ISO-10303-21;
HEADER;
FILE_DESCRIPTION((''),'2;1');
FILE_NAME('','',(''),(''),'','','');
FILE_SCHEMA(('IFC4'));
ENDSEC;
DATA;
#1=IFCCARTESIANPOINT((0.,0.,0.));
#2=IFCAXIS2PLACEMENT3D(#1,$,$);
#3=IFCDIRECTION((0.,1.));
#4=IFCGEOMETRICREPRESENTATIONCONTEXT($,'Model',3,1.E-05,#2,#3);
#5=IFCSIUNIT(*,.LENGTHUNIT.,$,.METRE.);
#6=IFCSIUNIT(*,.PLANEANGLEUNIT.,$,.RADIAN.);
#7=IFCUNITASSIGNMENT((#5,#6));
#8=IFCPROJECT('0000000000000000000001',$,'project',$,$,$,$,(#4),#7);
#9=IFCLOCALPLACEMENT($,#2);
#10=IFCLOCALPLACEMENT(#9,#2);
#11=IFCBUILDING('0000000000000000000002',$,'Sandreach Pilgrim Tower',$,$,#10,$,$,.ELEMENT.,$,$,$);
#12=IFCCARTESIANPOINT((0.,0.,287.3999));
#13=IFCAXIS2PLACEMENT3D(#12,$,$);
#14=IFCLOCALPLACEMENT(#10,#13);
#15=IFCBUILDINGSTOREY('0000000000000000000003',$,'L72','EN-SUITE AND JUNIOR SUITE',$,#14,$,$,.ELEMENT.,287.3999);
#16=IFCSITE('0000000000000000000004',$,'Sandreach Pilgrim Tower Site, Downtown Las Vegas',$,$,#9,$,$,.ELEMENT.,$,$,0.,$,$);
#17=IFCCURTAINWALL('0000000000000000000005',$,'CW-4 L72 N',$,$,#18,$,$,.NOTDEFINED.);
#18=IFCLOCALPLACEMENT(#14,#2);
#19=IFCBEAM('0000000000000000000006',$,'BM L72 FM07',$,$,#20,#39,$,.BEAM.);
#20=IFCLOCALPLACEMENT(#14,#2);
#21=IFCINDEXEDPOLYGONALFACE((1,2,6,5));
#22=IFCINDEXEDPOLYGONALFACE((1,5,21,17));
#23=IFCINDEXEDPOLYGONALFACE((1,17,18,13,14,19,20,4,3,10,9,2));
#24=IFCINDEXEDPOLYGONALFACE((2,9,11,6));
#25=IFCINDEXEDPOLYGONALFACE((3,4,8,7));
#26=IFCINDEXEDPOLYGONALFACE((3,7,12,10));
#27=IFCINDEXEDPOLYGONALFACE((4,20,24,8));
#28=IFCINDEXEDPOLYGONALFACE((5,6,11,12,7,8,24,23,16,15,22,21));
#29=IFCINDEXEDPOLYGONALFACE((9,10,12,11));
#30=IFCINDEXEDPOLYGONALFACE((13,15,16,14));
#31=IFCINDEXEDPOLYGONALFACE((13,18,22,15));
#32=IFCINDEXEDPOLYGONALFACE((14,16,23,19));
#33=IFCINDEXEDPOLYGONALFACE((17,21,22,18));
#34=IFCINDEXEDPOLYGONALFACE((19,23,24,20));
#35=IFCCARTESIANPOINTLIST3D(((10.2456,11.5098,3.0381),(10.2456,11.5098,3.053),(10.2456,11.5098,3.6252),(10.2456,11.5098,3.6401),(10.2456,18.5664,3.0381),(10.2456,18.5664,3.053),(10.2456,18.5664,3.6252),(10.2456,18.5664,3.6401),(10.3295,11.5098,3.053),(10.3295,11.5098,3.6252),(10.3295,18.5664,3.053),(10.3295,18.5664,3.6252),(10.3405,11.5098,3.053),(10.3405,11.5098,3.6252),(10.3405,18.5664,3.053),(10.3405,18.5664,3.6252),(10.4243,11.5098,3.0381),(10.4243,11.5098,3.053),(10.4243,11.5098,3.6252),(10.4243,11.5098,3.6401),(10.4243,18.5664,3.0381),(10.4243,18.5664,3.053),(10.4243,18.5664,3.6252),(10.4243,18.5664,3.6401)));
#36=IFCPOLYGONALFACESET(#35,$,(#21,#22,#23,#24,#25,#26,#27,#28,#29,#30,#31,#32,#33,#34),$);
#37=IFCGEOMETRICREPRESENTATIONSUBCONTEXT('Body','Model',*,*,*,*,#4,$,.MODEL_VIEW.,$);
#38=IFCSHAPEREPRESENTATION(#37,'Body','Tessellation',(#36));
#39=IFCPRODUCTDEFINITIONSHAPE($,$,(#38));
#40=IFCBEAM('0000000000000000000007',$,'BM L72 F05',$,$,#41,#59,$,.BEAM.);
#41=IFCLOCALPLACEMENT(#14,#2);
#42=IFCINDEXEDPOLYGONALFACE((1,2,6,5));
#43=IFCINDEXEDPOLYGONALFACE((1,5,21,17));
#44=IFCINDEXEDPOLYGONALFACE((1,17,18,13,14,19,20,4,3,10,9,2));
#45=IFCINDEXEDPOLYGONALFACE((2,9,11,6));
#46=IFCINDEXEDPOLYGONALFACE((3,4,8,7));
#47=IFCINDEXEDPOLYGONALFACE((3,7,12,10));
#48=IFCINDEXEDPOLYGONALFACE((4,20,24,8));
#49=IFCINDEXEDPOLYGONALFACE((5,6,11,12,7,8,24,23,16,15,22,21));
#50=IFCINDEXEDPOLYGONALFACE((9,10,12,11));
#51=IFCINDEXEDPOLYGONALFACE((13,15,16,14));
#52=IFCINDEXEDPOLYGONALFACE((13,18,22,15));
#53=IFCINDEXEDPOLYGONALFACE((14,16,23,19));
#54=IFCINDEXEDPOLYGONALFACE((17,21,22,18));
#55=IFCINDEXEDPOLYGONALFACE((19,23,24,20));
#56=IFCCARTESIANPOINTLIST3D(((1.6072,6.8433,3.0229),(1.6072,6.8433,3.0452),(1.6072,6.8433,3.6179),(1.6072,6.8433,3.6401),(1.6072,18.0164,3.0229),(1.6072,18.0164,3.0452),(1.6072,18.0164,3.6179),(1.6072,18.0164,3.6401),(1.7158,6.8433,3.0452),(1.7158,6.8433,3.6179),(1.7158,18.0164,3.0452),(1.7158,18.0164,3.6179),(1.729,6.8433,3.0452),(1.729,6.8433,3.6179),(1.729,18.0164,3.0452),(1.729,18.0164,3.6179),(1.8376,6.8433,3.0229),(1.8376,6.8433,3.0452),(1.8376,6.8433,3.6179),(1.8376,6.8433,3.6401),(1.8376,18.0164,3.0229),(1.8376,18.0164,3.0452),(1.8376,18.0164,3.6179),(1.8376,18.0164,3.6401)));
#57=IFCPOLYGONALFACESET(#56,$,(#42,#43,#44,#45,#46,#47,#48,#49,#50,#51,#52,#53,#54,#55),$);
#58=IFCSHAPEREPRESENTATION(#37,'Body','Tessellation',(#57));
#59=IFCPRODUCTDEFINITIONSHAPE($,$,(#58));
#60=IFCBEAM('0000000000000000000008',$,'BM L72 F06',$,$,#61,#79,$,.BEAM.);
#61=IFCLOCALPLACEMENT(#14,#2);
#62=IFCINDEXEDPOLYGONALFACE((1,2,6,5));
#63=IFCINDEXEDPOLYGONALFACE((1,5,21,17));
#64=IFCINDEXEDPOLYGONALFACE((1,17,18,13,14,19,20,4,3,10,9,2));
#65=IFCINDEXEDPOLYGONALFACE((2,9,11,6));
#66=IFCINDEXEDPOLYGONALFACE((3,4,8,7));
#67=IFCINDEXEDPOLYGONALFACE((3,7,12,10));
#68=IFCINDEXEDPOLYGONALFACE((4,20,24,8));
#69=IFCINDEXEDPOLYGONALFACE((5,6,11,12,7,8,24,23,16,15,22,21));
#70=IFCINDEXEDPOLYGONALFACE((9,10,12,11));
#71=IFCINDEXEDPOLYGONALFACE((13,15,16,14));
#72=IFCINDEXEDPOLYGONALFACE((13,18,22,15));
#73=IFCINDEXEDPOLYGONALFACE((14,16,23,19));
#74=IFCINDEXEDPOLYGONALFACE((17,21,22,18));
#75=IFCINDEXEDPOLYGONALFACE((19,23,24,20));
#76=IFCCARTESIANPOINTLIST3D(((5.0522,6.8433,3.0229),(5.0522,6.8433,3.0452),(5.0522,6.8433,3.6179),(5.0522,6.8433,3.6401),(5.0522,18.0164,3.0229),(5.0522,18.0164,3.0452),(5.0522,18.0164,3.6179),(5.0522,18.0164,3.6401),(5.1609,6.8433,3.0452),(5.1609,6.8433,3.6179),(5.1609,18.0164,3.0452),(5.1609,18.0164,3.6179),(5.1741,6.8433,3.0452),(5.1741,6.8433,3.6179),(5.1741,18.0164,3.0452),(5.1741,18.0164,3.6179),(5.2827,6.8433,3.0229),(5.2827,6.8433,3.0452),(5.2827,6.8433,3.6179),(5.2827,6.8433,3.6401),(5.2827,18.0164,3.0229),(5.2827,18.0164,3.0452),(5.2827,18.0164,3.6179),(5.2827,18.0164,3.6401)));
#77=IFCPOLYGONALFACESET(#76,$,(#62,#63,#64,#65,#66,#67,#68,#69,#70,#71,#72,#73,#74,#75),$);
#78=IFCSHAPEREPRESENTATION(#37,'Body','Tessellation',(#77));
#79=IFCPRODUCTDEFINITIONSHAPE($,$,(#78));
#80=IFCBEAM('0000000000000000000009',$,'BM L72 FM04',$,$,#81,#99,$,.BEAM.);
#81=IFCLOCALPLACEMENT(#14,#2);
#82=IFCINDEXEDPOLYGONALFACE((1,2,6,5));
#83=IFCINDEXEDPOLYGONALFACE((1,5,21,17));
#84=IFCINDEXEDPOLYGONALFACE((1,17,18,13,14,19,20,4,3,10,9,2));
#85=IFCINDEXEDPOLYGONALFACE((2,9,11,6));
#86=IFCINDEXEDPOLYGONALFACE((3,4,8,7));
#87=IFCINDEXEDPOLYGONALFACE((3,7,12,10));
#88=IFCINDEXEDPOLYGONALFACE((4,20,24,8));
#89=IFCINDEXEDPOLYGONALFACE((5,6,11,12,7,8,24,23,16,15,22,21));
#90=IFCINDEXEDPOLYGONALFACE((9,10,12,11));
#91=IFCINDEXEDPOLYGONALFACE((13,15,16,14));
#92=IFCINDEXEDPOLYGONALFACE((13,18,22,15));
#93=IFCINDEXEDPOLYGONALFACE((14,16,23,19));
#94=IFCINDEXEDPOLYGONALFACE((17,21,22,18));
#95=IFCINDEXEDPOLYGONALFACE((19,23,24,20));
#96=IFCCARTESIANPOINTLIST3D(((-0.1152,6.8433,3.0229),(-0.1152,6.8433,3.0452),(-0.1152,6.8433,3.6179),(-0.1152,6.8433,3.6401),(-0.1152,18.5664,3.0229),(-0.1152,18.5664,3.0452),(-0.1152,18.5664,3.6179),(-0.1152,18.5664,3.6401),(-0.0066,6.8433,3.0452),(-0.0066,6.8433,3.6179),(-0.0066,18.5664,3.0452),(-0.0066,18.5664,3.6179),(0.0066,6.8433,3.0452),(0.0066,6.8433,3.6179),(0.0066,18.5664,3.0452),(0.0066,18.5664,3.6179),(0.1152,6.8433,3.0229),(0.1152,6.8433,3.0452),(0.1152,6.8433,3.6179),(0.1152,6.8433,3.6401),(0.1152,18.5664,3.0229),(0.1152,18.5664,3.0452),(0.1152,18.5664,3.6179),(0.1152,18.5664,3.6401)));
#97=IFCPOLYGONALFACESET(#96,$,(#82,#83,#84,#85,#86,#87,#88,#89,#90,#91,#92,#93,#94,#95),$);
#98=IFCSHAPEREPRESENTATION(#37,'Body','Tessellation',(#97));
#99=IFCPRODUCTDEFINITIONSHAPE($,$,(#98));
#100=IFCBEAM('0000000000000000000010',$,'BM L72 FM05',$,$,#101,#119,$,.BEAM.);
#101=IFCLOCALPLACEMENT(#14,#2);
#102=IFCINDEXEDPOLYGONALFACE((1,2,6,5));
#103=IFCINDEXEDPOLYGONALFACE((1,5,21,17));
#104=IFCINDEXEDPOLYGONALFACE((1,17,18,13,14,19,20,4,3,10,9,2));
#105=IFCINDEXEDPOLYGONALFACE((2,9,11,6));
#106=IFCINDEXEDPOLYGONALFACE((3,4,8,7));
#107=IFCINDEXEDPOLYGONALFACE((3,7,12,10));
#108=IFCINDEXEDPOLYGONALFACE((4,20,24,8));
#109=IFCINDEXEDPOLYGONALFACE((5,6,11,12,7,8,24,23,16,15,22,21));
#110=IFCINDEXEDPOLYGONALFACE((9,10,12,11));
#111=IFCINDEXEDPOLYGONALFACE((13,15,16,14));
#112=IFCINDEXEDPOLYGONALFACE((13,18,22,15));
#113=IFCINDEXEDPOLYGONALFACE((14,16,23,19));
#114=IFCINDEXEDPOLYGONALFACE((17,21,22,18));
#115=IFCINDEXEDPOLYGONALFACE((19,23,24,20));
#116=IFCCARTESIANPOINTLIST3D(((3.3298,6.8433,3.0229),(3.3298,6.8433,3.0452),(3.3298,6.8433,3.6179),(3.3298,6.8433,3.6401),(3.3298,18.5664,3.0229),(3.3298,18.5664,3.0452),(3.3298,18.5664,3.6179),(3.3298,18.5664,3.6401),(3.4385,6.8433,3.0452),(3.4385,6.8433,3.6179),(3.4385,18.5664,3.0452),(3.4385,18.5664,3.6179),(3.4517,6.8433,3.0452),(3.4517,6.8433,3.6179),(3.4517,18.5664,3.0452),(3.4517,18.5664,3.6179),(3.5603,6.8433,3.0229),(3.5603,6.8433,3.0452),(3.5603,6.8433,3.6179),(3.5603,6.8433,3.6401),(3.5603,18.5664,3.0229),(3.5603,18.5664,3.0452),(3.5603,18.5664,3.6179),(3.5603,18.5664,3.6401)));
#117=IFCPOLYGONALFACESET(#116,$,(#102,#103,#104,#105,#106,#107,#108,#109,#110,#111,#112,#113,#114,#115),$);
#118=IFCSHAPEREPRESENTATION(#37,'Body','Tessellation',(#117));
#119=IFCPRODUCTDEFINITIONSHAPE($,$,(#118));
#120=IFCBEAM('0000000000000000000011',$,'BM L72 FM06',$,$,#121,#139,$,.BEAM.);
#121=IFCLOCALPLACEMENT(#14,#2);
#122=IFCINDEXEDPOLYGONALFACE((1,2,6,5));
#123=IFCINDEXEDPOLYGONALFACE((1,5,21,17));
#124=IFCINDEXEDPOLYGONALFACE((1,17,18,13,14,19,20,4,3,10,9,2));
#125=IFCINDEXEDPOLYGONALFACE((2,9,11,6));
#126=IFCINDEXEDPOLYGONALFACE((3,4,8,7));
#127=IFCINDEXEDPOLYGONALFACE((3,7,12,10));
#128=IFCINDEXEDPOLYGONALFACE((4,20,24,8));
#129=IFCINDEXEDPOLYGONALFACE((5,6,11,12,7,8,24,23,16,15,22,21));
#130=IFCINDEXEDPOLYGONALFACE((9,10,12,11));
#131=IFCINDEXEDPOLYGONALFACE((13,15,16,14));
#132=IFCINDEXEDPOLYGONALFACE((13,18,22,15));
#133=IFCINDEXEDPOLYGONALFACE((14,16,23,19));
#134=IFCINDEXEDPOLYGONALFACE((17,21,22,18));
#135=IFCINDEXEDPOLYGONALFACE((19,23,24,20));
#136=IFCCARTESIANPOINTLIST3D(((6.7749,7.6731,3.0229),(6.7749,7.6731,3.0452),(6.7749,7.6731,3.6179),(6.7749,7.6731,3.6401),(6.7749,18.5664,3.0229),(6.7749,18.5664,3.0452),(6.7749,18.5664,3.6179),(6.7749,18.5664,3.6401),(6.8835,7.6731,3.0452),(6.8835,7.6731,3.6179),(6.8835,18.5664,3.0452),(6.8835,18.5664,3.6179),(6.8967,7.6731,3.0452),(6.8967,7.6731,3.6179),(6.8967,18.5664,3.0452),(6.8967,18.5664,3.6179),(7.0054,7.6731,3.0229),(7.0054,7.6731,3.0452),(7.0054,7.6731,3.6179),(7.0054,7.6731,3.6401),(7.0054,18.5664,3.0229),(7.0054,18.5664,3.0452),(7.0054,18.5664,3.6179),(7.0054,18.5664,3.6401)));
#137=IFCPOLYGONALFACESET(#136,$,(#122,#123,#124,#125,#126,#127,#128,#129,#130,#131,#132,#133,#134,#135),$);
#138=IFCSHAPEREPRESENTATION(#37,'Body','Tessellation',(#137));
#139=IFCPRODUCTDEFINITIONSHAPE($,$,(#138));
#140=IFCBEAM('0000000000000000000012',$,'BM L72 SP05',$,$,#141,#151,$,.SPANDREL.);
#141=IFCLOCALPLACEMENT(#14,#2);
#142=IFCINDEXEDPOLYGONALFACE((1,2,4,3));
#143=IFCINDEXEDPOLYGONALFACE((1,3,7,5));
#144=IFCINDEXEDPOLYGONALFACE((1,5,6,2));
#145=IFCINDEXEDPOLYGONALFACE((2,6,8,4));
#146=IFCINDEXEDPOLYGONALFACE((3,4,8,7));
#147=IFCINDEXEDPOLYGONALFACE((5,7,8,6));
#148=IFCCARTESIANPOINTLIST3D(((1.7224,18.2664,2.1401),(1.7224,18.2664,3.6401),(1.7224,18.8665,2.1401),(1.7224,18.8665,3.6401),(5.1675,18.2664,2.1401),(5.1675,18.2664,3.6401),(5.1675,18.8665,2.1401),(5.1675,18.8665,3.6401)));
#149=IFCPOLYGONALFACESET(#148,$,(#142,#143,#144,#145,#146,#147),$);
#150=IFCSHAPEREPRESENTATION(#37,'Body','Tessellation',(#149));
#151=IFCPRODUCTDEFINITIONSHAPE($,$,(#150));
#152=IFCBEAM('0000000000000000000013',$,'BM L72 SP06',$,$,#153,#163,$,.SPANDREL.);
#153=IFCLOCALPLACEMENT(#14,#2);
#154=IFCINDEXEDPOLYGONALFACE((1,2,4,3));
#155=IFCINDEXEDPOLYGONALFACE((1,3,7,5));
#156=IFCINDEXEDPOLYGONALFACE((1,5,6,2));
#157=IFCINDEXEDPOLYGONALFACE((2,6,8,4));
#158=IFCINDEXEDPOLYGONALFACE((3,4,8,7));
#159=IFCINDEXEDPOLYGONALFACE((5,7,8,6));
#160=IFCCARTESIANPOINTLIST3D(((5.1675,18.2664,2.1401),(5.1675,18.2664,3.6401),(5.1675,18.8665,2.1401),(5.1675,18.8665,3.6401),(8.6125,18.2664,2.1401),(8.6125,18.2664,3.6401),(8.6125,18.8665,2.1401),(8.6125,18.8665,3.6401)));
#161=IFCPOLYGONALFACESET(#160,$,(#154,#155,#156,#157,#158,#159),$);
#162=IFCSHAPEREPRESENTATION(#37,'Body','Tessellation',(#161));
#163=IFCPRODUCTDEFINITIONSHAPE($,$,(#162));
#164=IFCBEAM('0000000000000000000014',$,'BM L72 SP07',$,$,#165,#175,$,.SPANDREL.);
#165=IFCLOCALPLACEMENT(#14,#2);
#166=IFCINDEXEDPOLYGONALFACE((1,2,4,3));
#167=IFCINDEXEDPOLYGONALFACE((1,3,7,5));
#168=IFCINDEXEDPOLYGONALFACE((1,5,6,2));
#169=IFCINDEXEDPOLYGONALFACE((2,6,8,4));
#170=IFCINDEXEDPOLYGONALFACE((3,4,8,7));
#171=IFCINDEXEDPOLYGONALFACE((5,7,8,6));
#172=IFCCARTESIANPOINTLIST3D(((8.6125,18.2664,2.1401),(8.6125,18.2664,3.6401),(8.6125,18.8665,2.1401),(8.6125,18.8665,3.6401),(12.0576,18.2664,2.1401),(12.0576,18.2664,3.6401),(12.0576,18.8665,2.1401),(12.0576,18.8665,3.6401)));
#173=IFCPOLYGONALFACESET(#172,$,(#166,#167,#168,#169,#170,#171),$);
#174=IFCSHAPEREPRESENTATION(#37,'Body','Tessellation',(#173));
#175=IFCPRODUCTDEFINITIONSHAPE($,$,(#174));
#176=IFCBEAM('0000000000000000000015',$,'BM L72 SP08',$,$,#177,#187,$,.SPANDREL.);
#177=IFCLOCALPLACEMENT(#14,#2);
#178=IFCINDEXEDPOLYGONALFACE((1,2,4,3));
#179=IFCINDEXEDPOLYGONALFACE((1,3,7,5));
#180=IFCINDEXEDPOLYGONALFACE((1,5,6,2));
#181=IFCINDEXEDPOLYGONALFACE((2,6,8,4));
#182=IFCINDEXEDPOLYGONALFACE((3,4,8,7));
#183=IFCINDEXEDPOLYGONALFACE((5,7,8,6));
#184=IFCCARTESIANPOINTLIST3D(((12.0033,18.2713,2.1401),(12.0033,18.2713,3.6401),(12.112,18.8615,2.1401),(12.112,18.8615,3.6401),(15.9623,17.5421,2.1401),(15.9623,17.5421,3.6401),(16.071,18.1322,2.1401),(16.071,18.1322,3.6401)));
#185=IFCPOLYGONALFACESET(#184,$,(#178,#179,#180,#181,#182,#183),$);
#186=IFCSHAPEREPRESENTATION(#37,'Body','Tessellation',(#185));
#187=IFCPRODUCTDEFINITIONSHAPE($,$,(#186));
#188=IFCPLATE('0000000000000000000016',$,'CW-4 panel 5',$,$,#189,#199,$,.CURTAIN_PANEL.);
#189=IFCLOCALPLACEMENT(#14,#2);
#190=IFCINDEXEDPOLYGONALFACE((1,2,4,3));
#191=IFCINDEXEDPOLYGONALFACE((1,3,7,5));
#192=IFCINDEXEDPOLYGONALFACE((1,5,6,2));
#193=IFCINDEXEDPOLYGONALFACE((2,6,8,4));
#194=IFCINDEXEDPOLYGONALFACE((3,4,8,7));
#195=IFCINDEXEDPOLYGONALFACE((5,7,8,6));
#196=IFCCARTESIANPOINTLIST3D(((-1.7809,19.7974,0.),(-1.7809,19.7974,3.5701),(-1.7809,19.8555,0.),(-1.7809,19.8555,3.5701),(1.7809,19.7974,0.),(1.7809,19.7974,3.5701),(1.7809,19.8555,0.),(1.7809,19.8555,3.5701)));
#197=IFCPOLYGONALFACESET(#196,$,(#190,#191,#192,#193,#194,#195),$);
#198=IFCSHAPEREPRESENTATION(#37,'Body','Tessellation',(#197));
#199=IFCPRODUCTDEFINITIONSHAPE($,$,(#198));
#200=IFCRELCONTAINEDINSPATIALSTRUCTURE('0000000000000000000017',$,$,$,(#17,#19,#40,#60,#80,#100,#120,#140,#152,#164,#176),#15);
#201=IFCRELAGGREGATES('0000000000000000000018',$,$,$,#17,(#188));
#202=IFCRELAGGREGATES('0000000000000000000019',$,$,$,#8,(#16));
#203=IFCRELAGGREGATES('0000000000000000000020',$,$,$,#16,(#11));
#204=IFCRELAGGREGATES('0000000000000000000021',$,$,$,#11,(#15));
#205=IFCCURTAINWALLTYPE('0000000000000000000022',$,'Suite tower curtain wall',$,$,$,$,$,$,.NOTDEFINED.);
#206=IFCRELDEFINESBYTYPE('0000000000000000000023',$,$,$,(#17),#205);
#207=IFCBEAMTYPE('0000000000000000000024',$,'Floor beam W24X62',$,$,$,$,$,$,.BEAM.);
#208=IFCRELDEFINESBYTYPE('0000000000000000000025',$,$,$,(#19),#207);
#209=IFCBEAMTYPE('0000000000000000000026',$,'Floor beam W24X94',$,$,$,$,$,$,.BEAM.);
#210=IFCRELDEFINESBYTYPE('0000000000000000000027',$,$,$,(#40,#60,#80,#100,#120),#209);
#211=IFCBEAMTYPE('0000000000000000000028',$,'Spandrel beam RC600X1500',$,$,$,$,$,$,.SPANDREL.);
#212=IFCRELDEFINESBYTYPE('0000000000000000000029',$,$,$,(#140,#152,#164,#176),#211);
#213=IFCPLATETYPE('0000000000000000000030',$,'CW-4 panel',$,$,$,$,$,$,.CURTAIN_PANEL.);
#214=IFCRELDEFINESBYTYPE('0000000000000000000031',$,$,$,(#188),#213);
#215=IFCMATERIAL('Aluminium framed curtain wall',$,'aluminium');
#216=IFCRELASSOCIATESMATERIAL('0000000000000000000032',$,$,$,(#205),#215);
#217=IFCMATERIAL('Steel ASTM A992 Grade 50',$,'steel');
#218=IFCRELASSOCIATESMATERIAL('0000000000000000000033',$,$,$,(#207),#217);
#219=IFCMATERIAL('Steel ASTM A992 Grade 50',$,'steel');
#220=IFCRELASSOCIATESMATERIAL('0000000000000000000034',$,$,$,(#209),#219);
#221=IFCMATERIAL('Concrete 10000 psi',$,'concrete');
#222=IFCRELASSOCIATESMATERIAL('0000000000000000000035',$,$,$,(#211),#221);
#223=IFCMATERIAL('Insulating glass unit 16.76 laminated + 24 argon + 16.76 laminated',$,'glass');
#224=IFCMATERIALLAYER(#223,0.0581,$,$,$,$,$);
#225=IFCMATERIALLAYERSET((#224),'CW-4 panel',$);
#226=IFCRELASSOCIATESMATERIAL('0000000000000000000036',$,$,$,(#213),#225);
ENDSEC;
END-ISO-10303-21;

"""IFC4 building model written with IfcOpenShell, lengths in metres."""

from ifc_helpers import new_model, si_unit, direction, frame, origin, origin_2d, place, context, subcontext, project, spatial, rectangle, i_section, extrude, material, layer, layer_set, material_profile, profile_set, type_object, element, aggregate, save


model = new_model("IFC4")

# Units and contexts
model_context = context("Model", 3, precision=1e-05, world=origin(), true_north=direction((0.0, 1.0)))
body_context = subcontext(model_context, "Body", "Model", "MODEL_VIEW")
ifc_project = project(units=[si_unit("LENGTHUNIT", "METRE"), si_unit("PLANEANGLEUNIT", "RADIAN")], contexts=[model_context])

# Site, building, storey
site_placement = place(None, origin())
site = spatial("IfcSite", under=ifc_project, at=site_placement, Name="Sandreach Pilgrim Tower Site, Downtown Las Vegas", CompositionType="ELEMENT", RefElevation=0.0)
building_placement = place(site_placement, origin())
building = spatial("IfcBuilding", under=site, at=building_placement, Name="Sandreach Pilgrim Tower", CompositionType="ELEMENT")
storey_placement = place(building_placement, frame((0.0, 0.0, 287.3999)))
storey = spatial("IfcBuildingStorey", under=building, at=storey_placement, Name="L72", Description="EN-SUITE AND JUNIOR SUITE", CompositionType="ELEMENT", Elevation=287.3999)

# Curtain wall
ifc_material_1 = material(Name="Aluminium framed curtain wall", Category="aluminium")
curtain_wall_type = type_object("IfcCurtainWallType", Name="Suite tower curtain wall", PredefinedType="NOTDEFINED", material=ifc_material_1)
curtain_wall_placement = place(storey_placement, origin())
curtain_wall = element("IfcCurtainWall", 1, at=curtain_wall_placement, inside=storey, type_object=curtain_wall_type, Name="CW-4 L72 N", PredefinedType="NOTDEFINED")

# Beams
ifc_material_2 = material(Name="Steel ASTM A992 Grade 50", Category="steel")
ifc_material_profile_1 = material_profile(ifc_material_2, i_section(OverallWidth=0.1787, OverallDepth=0.6021, WebThickness=0.011, FlangeThickness=0.0149, at=origin_2d()), Name="W24X62")
ifc_profile_set_1 = profile_set([ifc_material_profile_1], Name="Steel ASTM A992 Grade 50")
beam_type_1 = type_object("IfcBeamType", Name="Floor beam W24X62", PredefinedType="BEAM", material=ifc_profile_set_1)
beam_1_placement = place(storey_placement, frame((10.335, 18.5664, 3.3391), z_axis=(0.0, -1.0, 0.0), x_axis=(1.0, 0.0, 0.0)))
element("IfcBeam", 2, at=beam_1_placement, inside=storey, type_object=beam_type_1, Name="BM L72 FM07", PredefinedType="BEAM", context=body_context, shape_type="SweptSolid", body=[
    extrude(i_section(OverallWidth=0.1787, OverallDepth=0.6021, WebThickness=0.011, FlangeThickness=0.0149, at=origin_2d()), origin(), (0.0, 0.0, 1.0), 7.0566),
])
ifc_material_3 = material(Name="Steel ASTM A992 Grade 50", Category="steel")
ifc_material_profile_2 = material_profile(ifc_material_3, i_section(OverallWidth=0.2305, OverallDepth=0.6172, WebThickness=0.0132, FlangeThickness=0.0222, at=origin_2d()), Name="W24X94")
ifc_profile_set_2 = profile_set([ifc_material_profile_2], Name="Steel ASTM A992 Grade 50")
beam_type_2 = type_object("IfcBeamType", Name="Floor beam W24X94", PredefinedType="BEAM", material=ifc_profile_set_2)
for number, where, z_axis, x_axis, name in (
    (3, (1.7224, 18.0164, 3.3315), (0.0, -1.0, 0.0), (1.0, 0.0, 0.0), "BM L72 F05"),
    (4, (5.1675, 18.0164, 3.3315), (0.0, -1.0, 0.0), (1.0, 0.0, 0.0), "BM L72 F06"),
):
    element("IfcBeam", number, at=place(storey_placement, frame(where, z_axis=z_axis, x_axis=x_axis)), inside=storey, type_object=beam_type_2, Name=name, PredefinedType="BEAM", context=body_context, shape_type="SweptSolid", body=[
        extrude(i_section(OverallWidth=0.2305, OverallDepth=0.6172, WebThickness=0.0132, FlangeThickness=0.0222, at=origin_2d()), origin(), (0.0, 0.0, 1.0), 11.1731),
    ])
for number, where, z_axis, x_axis, name in (
    (5, (0.0, 18.5664, 3.3315), (0.0, -1.0, 0.0), (1.0, 0.0, 0.0), "BM L72 FM04"),
    (6, (3.4451, 18.5664, 3.3315), (0.0, -1.0, 0.0), (1.0, 0.0, 0.0), "BM L72 FM05"),
):
    element("IfcBeam", number, at=place(storey_placement, frame(where, z_axis=z_axis, x_axis=x_axis)), inside=storey, type_object=beam_type_2, Name=name, PredefinedType="BEAM", context=body_context, shape_type="SweptSolid", body=[
        extrude(i_section(OverallWidth=0.2305, OverallDepth=0.6172, WebThickness=0.0132, FlangeThickness=0.0222, at=origin_2d()), origin(), (0.0, 0.0, 1.0), 11.7231),
    ])
beam_2_placement = place(storey_placement, frame((6.8901, 18.5664, 3.3315), z_axis=(0.0, -1.0, 0.0), x_axis=(1.0, 0.0, 0.0)))
element("IfcBeam", 7, at=beam_2_placement, inside=storey, type_object=beam_type_2, Name="BM L72 FM06", PredefinedType="BEAM", context=body_context, shape_type="SweptSolid", body=[
    extrude(i_section(OverallWidth=0.2305, OverallDepth=0.6172, WebThickness=0.0132, FlangeThickness=0.0222, at=origin_2d()), origin(), (0.0, 0.0, 1.0), 10.8933),
])
ifc_material_4 = material(Name="Concrete 10000 psi", Category="concrete")
ifc_material_profile_3 = material_profile(ifc_material_4, rectangle(XDim=0.6001, YDim=1.5, at=origin_2d()), Name="RC600X1500")
ifc_profile_set_3 = profile_set([ifc_material_profile_3], Name="Concrete 10000 psi")
beam_type_3 = type_object("IfcBeamType", Name="Spandrel beam RC600X1500", PredefinedType="SPANDREL", material=ifc_profile_set_3)
for number, where, z_axis, x_axis, name in (
    (8, (1.7224, 18.5664, 2.8901), (1.0, 0.0, 0.0), (0.0, 1.0, 0.0), "BM L72 SP05"),
    (9, (5.1675, 18.5664, 2.8901), (1.0, 0.0, 0.0), (0.0, 1.0, 0.0), "BM L72 SP06"),
    (10, (8.6125, 18.5664, 2.8901), (1.0, 0.0, 0.0), (0.0, 1.0, 0.0), "BM L72 SP07"),
):
    element("IfcBeam", number, at=place(storey_placement, frame(where, z_axis=z_axis, x_axis=x_axis)), inside=storey, type_object=beam_type_3, Name=name, PredefinedType="SPANDREL", context=body_context, shape_type="SweptSolid", body=[
        extrude(rectangle(XDim=0.6001, YDim=1.5, at=origin_2d()), origin(), (0.0, 0.0, 1.0), 3.4451),
    ])
beam_3_placement = place(storey_placement, frame((12.0576, 18.5664, 2.8901), z_axis=(0.983455, -0.181153, 0.0), x_axis=(0.181153, 0.983455, 0.0)))
element("IfcBeam", 11, at=beam_3_placement, inside=storey, type_object=beam_type_3, Name="BM L72 SP08", PredefinedType="SPANDREL", context=body_context, shape_type="SweptSolid", body=[
    extrude(rectangle(XDim=0.6001, YDim=1.5, at=origin_2d()), origin(), (0.0, 0.0, 1.0), 4.0256),
])

# Plate
ifc_material_5 = material(Name="Insulating glass unit 16.76 laminated + 24 argon + 16.76 laminated", Category="glass")
ifc_layer_1 = layer(ifc_material_5, 0.0581)
ifc_layer_set_1 = layer_set([ifc_layer_1], Name="CW-4 panel")
plate_type = type_object("IfcPlateType", Name="CW-4 panel", PredefinedType="CURTAIN_PANEL", material=ifc_layer_set_1)
plate_1_placement = place(storey_placement, frame((0.0, 19.8264, 0.0), z_axis=(0.0, 0.0, 1.0), x_axis=(1.0, 0.0, 0.0)))
plate_1 = element("IfcPlate", 12, at=plate_1_placement, type_object=plate_type, Name="CW-4 panel 5", PredefinedType="CURTAIN_PANEL", context=body_context, shape_type="SweptSolid", body=[
    extrude(rectangle(XDim=3.5618, YDim=0.0581, at=origin_2d()), origin(), (0.0, 0.0, 1.0), 3.5701),
])
aggregate(curtain_wall, [plate_1])

save(model, "model.ifc")
